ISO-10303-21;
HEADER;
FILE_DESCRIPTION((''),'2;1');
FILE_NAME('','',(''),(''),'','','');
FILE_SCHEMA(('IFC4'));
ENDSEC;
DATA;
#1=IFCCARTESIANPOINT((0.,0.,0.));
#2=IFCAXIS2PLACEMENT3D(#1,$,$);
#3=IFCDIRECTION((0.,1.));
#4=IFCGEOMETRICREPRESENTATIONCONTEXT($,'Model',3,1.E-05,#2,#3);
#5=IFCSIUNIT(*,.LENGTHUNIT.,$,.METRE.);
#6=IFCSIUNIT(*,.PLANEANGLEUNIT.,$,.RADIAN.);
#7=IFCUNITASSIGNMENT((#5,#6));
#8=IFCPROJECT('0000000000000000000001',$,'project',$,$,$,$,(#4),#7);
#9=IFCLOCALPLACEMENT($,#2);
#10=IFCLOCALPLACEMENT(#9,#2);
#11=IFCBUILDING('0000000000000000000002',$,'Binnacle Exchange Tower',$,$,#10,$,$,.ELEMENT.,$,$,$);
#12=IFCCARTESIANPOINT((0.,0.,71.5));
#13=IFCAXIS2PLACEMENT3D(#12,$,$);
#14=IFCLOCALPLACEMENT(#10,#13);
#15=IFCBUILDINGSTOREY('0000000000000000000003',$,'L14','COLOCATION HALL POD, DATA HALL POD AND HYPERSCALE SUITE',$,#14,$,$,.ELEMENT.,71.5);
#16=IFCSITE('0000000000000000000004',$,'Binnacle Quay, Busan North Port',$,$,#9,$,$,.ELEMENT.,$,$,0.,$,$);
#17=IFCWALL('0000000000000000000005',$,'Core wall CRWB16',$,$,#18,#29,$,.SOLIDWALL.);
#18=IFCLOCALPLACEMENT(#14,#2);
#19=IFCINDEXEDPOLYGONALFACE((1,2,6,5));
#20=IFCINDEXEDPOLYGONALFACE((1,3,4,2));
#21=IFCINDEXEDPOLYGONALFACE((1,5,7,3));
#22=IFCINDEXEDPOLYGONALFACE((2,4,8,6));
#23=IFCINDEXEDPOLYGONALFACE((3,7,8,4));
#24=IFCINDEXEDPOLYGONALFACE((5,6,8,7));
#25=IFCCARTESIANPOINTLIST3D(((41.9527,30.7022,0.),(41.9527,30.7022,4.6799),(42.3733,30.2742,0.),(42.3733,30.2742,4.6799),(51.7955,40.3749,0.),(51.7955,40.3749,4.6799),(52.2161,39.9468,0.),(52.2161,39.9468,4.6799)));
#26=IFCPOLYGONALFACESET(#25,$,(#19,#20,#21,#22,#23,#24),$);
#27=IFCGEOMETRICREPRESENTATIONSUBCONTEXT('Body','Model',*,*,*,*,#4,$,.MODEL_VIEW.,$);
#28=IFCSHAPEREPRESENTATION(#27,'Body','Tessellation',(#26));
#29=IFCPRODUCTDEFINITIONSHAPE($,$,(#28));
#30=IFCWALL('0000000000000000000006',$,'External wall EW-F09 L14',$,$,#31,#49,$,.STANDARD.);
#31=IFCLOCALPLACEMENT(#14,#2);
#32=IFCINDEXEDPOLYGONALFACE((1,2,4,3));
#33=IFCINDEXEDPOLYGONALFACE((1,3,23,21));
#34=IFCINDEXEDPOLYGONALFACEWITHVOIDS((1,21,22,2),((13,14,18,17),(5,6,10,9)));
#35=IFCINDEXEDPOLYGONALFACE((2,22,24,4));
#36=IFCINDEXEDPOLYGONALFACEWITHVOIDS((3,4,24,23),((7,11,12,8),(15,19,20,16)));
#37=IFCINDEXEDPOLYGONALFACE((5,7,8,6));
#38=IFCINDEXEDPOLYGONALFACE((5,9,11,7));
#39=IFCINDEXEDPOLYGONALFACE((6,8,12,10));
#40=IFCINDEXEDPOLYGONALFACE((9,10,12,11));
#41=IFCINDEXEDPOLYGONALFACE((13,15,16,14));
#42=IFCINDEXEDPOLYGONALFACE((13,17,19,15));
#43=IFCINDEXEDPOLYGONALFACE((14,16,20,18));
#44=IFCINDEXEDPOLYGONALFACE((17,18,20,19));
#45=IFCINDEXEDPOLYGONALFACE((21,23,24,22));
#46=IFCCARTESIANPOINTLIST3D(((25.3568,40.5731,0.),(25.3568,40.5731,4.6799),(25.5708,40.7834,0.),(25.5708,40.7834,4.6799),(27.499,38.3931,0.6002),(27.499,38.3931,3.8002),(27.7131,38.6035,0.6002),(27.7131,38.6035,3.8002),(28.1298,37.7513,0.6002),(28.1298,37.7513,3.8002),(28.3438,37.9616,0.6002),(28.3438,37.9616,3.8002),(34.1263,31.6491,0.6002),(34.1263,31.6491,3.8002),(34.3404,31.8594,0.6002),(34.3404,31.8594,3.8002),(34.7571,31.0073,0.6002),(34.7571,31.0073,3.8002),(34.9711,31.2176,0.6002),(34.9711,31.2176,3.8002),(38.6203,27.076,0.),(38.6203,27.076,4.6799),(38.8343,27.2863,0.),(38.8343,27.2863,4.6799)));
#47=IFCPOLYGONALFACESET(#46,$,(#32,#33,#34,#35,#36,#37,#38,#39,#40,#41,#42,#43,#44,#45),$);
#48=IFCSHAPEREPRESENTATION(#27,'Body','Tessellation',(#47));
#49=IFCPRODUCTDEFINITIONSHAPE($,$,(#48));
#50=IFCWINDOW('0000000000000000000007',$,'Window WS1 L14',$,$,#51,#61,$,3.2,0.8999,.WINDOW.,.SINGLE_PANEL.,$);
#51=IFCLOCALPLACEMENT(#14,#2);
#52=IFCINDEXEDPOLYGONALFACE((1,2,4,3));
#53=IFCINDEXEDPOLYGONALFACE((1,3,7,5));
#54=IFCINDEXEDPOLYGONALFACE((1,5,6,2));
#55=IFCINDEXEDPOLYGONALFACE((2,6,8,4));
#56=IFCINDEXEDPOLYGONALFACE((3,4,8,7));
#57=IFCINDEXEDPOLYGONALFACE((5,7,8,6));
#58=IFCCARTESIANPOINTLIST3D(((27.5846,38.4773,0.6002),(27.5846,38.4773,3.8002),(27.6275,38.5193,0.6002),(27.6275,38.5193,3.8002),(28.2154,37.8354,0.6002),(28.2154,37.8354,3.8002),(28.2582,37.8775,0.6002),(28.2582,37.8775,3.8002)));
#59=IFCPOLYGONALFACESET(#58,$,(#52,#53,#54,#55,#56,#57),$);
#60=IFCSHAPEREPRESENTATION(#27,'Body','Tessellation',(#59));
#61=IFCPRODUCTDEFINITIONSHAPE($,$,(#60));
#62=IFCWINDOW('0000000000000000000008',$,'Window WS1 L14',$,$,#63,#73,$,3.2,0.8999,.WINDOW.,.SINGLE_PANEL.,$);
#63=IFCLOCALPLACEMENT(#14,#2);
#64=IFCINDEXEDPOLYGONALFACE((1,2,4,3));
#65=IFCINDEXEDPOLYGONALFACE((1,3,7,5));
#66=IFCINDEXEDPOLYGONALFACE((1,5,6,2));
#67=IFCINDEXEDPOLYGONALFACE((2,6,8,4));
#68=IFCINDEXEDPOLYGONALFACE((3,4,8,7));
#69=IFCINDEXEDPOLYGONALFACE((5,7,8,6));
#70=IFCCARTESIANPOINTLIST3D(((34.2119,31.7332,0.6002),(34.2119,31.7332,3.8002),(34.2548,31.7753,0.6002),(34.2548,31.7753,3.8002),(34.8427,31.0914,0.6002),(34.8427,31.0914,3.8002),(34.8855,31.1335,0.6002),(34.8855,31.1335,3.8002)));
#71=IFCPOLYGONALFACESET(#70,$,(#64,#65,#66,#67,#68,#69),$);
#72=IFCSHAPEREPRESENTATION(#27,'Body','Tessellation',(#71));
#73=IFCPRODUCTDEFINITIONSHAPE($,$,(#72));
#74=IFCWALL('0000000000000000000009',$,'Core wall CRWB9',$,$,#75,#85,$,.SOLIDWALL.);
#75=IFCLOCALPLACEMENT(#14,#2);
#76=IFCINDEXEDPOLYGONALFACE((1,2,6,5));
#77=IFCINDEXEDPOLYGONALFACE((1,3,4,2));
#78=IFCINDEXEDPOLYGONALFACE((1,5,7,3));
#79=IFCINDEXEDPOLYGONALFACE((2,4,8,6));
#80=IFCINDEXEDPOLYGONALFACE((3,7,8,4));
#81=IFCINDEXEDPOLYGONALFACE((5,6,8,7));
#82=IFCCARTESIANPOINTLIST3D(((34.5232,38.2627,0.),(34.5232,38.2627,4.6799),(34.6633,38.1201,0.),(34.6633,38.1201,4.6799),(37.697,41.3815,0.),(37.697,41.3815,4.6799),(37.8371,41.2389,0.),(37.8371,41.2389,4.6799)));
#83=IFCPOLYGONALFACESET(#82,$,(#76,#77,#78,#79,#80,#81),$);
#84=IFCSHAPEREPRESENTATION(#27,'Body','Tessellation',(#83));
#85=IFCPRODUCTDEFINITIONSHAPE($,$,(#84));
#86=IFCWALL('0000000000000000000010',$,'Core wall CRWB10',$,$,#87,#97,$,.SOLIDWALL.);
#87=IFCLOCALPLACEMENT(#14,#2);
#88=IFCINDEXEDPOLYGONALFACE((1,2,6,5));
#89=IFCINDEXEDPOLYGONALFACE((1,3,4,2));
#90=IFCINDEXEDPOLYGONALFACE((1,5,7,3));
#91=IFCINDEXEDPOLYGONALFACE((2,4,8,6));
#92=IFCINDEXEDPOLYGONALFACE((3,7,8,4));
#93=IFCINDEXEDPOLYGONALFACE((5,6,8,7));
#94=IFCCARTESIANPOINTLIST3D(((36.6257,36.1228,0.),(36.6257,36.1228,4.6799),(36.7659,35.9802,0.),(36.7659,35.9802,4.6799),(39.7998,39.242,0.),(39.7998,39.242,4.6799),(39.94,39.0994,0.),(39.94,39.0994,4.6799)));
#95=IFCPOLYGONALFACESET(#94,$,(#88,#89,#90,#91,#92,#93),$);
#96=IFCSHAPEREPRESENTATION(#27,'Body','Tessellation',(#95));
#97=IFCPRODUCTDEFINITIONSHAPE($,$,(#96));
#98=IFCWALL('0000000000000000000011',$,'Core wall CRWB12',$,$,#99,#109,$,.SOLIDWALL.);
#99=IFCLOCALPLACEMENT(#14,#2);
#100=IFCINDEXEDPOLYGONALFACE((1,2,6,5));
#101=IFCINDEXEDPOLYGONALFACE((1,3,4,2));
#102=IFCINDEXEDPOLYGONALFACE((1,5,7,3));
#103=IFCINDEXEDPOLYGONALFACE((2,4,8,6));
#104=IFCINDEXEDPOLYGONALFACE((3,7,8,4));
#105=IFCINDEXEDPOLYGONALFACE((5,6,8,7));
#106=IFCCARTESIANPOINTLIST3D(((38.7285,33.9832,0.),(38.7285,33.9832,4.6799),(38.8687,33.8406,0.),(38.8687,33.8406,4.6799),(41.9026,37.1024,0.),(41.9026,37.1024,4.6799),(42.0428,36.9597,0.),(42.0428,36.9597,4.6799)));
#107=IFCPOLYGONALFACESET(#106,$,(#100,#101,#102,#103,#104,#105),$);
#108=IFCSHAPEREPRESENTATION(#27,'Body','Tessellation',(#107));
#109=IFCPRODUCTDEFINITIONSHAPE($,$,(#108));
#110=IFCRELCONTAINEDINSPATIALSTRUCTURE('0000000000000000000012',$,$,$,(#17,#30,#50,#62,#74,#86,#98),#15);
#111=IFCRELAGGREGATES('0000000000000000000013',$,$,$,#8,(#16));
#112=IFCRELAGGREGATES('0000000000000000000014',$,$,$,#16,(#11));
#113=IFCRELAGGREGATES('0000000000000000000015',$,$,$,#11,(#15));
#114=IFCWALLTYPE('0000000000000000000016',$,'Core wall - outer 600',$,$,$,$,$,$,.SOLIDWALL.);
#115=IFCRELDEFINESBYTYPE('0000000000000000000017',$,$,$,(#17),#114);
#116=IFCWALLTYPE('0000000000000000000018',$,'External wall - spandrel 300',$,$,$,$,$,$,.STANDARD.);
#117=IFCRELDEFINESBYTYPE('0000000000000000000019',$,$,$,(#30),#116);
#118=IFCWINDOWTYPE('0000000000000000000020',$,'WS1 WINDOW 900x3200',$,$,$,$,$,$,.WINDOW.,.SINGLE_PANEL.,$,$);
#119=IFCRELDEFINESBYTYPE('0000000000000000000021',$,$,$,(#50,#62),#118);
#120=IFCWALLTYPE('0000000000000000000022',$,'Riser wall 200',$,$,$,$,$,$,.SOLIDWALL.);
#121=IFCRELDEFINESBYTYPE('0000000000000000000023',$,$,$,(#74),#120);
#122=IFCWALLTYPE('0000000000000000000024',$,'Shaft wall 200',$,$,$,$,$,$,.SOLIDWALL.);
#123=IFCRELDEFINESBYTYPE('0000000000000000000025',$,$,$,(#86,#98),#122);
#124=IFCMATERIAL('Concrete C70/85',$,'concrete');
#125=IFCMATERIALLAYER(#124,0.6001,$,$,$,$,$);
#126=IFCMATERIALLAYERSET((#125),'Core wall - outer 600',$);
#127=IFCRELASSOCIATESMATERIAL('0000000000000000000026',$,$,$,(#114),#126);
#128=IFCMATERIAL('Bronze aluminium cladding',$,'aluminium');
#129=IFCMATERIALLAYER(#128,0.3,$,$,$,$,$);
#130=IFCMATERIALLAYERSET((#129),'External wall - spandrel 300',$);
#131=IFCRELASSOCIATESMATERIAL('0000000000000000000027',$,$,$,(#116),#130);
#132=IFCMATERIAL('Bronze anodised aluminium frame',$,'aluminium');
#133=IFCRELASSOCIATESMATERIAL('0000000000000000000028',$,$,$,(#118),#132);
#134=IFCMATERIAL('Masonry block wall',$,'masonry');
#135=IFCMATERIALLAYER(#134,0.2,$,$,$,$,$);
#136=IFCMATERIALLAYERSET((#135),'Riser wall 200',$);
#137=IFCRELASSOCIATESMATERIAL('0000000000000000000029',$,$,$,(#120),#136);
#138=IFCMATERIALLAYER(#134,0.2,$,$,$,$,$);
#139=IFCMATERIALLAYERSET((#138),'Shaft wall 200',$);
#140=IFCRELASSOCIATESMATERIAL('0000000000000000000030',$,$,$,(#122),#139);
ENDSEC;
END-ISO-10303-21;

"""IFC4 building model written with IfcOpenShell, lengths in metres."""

from ifc_helpers import new_model, si_unit, direction, frame, frame_2d, origin, place, context, subcontext, project, spatial, rectangle, extrude, material, layer, layer_set, type_object, element, fill, save


model = new_model("IFC4")

# Units and contexts
model_context = context("Model", 3, precision=1e-05, world=origin(), true_north=direction((0.0, 1.0)))
body_context = subcontext(model_context, "Body", "Model", "MODEL_VIEW")
ifc_project = project(units=[si_unit("LENGTHUNIT", "METRE"), si_unit("PLANEANGLEUNIT", "RADIAN")], contexts=[model_context])

# Site, building, storey
site_placement = place(None, origin())
site = spatial("IfcSite", under=ifc_project, at=site_placement, Name="Binnacle Quay, Busan North Port", CompositionType="ELEMENT", RefElevation=0.0)
building_placement = place(site_placement, origin())
building = spatial("IfcBuilding", under=site, at=building_placement, Name="Binnacle Exchange Tower", CompositionType="ELEMENT")
storey_placement = place(building_placement, frame((0.0, 0.0, 71.5)))
storey = spatial("IfcBuildingStorey", under=building, at=storey_placement, Name="L14", Description="COLOCATION HALL POD, DATA HALL POD AND HYPERSCALE SUITE", CompositionType="ELEMENT", Elevation=71.5)

# Shared definitions
ifc_material_1 = material(Name="Concrete C70/85", Category="concrete")

# Shared definitions
ifc_layer_1 = layer(ifc_material_1, 0.6001)
ifc_layer_set_1 = layer_set([ifc_layer_1], Name="Core wall - outer 600")
wall_type_1 = type_object("IfcWallType", Name="Core wall - outer 600", PredefinedType="SOLIDWALL", material=ifc_layer_set_1)

# Wall
for number, where, z_axis, x_axis, name in (
    (1, (42.1631, 30.4883, 0.0), (0.0, 0.0, 1.0), (0.713245, 0.700914, 0.0), "Core wall CRWB16"),
):
    element("IfcWall", number, at=place(storey_placement, frame(where, z_axis=z_axis, x_axis=x_axis)), inside=storey, type_object=wall_type_1, Name=name, PredefinedType="SOLIDWALL", context=body_context, shape_type="SweptSolid", body=[
        extrude(rectangle(XDim=13.8, YDim=0.6001, at=frame_2d((6.8999, 0.0))), origin(), (0.0, 0.0, 1.0), 4.6799),
    ])

# Wall, openings, windows
ifc_material_2 = material(Name="Bronze aluminium cladding", Category="aluminium")
ifc_layer_2 = layer(ifc_material_2, 0.3)
ifc_layer_set_2 = layer_set([ifc_layer_2], Name="External wall - spandrel 300")
wall_type_2 = type_object("IfcWallType", Name="External wall - spandrel 300", PredefinedType="STANDARD", material=ifc_layer_set_2)
wall_1_placement = place(storey_placement, frame((38.7273, 27.1812, 0.0), z_axis=(0.0, 0.0, 1.0), x_axis=(-0.700906, 0.713253, 0.0)))
wall_1 = element("IfcWall", 2, at=wall_1_placement, inside=storey, type_object=wall_type_2, Name="External wall EW-F09 L14", PredefinedType="STANDARD", context=body_context, shape_type="SweptSolid", body=[
    extrude(rectangle(XDim=18.9233, YDim=0.3, at=frame_2d((9.4617, 0.0))), origin(), (0.0, 0.0, 1.0), 4.6799),
])
opening_1_placement = place(wall_1_placement, frame((14.967, 0.0, 0.6001)))
opening_1 = element("IfcOpeningElement", 3, at=opening_1_placement, cuts=wall_1, PredefinedType="OPENING", context=body_context, shape_type="SweptSolid", body=[
    extrude(rectangle(XDim=0.8999, YDim=3.2, at=frame_2d((0.45, 1.6001))), frame((0.0, 0.1599, 0.0), z_axis=(0.0, -1.0, 0.0), x_axis=(1.0, 0.0, 0.0)), (0.0, 0.0, 1.0), 0.3201),
])
opening_2_placement = place(wall_1_placement, frame((5.5117, 0.0, 0.6001)))
opening_2 = element("IfcOpeningElement", 4, at=opening_2_placement, cuts=wall_1, PredefinedType="OPENING", context=body_context, shape_type="SweptSolid", body=[
    extrude(rectangle(XDim=0.8999, YDim=3.2, at=frame_2d((0.45, 1.6001))), frame((0.0, 0.1599, 0.0), z_axis=(0.0, -1.0, 0.0), x_axis=(1.0, 0.0, 0.0)), (0.0, 0.0, 1.0), 0.3201),
])
ifc_material_3 = material(Name="Bronze anodised aluminium frame", Category="aluminium")
window_type = type_object("IfcWindowType", Name="WS1 WINDOW 900x3200", PartitioningType="SINGLE_PANEL", PredefinedType="WINDOW", material=ifc_material_3)
window_1_placement = place(opening_1_placement, origin())
window_1 = element("IfcWindow", 5, at=window_1_placement, inside=storey, type_object=window_type, Name="Window WS1 L14", OverallHeight=3.2, OverallWidth=0.8999, PartitioningType="SINGLE_PANEL", PredefinedType="WINDOW", context=body_context, shape_type="SweptSolid", body=[
    extrude(rectangle(XDim=0.8999, YDim=3.2, at=frame_2d((0.45, 1.6001))), frame((0.0, 0.03, 0.0), z_axis=(0.0, -1.0, 0.0), x_axis=(1.0, 0.0, 0.0)), (0.0, 0.0, 1.0), 0.0601),
])
fill(opening_1, window_1)
window_2_placement = place(opening_2_placement, origin())
window_2 = element("IfcWindow", 6, at=window_2_placement, inside=storey, type_object=window_type, Name="Window WS1 L14", OverallHeight=3.2, OverallWidth=0.8999, PartitioningType="SINGLE_PANEL", PredefinedType="WINDOW", context=body_context, shape_type="SweptSolid", body=[
    extrude(rectangle(XDim=0.8999, YDim=3.2, at=frame_2d((0.45, 1.6001))), frame((0.0, 0.03, 0.0), z_axis=(0.0, -1.0, 0.0), x_axis=(1.0, 0.0, 0.0)), (0.0, 0.0, 1.0), 0.0601),
])
fill(opening_2, window_2)

# Walls
ifc_material_4 = material(Name="Masonry block wall", Category="masonry")
ifc_layer_3 = layer(ifc_material_4, 0.2)
ifc_layer_set_3 = layer_set([ifc_layer_3], Name="Riser wall 200")
wall_type_3 = type_object("IfcWallType", Name="Riser wall 200", PredefinedType="SOLIDWALL", material=ifc_layer_set_3)
wall_2_placement = place(storey_placement, frame((34.5933, 38.1914, 0.0), z_axis=(0.0, 0.0, 1.0), x_axis=(0.713252, 0.700907, 0.0)))
element("IfcWall", 7, at=wall_2_placement, inside=storey, type_object=wall_type_3, Name="Core wall CRWB9", PredefinedType="SOLIDWALL", context=body_context, shape_type="SweptSolid", body=[
    extrude(rectangle(XDim=4.4497, YDim=0.2, at=frame_2d((2.2249, 0.0))), origin(), (0.0, 0.0, 1.0), 4.6799),
])
ifc_layer_4 = layer(ifc_material_4, 0.2)
ifc_layer_set_4 = layer_set([ifc_layer_4], Name="Shaft wall 200")
wall_type_4 = type_object("IfcWallType", Name="Shaft wall 200", PredefinedType="SOLIDWALL", material=ifc_layer_set_4)
for number, where, z_axis, x_axis, name in (
    (8, (36.6958, 36.0515, 0.0), (0.0, 0.0, 1.0), (0.713252, 0.700908, 0.0), "Core wall CRWB10"),
    (9, (38.7986, 33.9119, 0.0), (0.0, 0.0, 1.0), (0.713252, 0.700908, 0.0), "Core wall CRWB12"),
):
    element("IfcWall", number, at=place(storey_placement, frame(where, z_axis=z_axis, x_axis=x_axis)), inside=storey, type_object=wall_type_4, Name=name, PredefinedType="SOLIDWALL", context=body_context, shape_type="SweptSolid", body=[
        extrude(rectangle(XDim=4.4502, YDim=0.2, at=frame_2d((2.2251, 0.0))), origin(), (0.0, 0.0, 1.0), 4.6799),
    ])

save(model, "model.ifc")
